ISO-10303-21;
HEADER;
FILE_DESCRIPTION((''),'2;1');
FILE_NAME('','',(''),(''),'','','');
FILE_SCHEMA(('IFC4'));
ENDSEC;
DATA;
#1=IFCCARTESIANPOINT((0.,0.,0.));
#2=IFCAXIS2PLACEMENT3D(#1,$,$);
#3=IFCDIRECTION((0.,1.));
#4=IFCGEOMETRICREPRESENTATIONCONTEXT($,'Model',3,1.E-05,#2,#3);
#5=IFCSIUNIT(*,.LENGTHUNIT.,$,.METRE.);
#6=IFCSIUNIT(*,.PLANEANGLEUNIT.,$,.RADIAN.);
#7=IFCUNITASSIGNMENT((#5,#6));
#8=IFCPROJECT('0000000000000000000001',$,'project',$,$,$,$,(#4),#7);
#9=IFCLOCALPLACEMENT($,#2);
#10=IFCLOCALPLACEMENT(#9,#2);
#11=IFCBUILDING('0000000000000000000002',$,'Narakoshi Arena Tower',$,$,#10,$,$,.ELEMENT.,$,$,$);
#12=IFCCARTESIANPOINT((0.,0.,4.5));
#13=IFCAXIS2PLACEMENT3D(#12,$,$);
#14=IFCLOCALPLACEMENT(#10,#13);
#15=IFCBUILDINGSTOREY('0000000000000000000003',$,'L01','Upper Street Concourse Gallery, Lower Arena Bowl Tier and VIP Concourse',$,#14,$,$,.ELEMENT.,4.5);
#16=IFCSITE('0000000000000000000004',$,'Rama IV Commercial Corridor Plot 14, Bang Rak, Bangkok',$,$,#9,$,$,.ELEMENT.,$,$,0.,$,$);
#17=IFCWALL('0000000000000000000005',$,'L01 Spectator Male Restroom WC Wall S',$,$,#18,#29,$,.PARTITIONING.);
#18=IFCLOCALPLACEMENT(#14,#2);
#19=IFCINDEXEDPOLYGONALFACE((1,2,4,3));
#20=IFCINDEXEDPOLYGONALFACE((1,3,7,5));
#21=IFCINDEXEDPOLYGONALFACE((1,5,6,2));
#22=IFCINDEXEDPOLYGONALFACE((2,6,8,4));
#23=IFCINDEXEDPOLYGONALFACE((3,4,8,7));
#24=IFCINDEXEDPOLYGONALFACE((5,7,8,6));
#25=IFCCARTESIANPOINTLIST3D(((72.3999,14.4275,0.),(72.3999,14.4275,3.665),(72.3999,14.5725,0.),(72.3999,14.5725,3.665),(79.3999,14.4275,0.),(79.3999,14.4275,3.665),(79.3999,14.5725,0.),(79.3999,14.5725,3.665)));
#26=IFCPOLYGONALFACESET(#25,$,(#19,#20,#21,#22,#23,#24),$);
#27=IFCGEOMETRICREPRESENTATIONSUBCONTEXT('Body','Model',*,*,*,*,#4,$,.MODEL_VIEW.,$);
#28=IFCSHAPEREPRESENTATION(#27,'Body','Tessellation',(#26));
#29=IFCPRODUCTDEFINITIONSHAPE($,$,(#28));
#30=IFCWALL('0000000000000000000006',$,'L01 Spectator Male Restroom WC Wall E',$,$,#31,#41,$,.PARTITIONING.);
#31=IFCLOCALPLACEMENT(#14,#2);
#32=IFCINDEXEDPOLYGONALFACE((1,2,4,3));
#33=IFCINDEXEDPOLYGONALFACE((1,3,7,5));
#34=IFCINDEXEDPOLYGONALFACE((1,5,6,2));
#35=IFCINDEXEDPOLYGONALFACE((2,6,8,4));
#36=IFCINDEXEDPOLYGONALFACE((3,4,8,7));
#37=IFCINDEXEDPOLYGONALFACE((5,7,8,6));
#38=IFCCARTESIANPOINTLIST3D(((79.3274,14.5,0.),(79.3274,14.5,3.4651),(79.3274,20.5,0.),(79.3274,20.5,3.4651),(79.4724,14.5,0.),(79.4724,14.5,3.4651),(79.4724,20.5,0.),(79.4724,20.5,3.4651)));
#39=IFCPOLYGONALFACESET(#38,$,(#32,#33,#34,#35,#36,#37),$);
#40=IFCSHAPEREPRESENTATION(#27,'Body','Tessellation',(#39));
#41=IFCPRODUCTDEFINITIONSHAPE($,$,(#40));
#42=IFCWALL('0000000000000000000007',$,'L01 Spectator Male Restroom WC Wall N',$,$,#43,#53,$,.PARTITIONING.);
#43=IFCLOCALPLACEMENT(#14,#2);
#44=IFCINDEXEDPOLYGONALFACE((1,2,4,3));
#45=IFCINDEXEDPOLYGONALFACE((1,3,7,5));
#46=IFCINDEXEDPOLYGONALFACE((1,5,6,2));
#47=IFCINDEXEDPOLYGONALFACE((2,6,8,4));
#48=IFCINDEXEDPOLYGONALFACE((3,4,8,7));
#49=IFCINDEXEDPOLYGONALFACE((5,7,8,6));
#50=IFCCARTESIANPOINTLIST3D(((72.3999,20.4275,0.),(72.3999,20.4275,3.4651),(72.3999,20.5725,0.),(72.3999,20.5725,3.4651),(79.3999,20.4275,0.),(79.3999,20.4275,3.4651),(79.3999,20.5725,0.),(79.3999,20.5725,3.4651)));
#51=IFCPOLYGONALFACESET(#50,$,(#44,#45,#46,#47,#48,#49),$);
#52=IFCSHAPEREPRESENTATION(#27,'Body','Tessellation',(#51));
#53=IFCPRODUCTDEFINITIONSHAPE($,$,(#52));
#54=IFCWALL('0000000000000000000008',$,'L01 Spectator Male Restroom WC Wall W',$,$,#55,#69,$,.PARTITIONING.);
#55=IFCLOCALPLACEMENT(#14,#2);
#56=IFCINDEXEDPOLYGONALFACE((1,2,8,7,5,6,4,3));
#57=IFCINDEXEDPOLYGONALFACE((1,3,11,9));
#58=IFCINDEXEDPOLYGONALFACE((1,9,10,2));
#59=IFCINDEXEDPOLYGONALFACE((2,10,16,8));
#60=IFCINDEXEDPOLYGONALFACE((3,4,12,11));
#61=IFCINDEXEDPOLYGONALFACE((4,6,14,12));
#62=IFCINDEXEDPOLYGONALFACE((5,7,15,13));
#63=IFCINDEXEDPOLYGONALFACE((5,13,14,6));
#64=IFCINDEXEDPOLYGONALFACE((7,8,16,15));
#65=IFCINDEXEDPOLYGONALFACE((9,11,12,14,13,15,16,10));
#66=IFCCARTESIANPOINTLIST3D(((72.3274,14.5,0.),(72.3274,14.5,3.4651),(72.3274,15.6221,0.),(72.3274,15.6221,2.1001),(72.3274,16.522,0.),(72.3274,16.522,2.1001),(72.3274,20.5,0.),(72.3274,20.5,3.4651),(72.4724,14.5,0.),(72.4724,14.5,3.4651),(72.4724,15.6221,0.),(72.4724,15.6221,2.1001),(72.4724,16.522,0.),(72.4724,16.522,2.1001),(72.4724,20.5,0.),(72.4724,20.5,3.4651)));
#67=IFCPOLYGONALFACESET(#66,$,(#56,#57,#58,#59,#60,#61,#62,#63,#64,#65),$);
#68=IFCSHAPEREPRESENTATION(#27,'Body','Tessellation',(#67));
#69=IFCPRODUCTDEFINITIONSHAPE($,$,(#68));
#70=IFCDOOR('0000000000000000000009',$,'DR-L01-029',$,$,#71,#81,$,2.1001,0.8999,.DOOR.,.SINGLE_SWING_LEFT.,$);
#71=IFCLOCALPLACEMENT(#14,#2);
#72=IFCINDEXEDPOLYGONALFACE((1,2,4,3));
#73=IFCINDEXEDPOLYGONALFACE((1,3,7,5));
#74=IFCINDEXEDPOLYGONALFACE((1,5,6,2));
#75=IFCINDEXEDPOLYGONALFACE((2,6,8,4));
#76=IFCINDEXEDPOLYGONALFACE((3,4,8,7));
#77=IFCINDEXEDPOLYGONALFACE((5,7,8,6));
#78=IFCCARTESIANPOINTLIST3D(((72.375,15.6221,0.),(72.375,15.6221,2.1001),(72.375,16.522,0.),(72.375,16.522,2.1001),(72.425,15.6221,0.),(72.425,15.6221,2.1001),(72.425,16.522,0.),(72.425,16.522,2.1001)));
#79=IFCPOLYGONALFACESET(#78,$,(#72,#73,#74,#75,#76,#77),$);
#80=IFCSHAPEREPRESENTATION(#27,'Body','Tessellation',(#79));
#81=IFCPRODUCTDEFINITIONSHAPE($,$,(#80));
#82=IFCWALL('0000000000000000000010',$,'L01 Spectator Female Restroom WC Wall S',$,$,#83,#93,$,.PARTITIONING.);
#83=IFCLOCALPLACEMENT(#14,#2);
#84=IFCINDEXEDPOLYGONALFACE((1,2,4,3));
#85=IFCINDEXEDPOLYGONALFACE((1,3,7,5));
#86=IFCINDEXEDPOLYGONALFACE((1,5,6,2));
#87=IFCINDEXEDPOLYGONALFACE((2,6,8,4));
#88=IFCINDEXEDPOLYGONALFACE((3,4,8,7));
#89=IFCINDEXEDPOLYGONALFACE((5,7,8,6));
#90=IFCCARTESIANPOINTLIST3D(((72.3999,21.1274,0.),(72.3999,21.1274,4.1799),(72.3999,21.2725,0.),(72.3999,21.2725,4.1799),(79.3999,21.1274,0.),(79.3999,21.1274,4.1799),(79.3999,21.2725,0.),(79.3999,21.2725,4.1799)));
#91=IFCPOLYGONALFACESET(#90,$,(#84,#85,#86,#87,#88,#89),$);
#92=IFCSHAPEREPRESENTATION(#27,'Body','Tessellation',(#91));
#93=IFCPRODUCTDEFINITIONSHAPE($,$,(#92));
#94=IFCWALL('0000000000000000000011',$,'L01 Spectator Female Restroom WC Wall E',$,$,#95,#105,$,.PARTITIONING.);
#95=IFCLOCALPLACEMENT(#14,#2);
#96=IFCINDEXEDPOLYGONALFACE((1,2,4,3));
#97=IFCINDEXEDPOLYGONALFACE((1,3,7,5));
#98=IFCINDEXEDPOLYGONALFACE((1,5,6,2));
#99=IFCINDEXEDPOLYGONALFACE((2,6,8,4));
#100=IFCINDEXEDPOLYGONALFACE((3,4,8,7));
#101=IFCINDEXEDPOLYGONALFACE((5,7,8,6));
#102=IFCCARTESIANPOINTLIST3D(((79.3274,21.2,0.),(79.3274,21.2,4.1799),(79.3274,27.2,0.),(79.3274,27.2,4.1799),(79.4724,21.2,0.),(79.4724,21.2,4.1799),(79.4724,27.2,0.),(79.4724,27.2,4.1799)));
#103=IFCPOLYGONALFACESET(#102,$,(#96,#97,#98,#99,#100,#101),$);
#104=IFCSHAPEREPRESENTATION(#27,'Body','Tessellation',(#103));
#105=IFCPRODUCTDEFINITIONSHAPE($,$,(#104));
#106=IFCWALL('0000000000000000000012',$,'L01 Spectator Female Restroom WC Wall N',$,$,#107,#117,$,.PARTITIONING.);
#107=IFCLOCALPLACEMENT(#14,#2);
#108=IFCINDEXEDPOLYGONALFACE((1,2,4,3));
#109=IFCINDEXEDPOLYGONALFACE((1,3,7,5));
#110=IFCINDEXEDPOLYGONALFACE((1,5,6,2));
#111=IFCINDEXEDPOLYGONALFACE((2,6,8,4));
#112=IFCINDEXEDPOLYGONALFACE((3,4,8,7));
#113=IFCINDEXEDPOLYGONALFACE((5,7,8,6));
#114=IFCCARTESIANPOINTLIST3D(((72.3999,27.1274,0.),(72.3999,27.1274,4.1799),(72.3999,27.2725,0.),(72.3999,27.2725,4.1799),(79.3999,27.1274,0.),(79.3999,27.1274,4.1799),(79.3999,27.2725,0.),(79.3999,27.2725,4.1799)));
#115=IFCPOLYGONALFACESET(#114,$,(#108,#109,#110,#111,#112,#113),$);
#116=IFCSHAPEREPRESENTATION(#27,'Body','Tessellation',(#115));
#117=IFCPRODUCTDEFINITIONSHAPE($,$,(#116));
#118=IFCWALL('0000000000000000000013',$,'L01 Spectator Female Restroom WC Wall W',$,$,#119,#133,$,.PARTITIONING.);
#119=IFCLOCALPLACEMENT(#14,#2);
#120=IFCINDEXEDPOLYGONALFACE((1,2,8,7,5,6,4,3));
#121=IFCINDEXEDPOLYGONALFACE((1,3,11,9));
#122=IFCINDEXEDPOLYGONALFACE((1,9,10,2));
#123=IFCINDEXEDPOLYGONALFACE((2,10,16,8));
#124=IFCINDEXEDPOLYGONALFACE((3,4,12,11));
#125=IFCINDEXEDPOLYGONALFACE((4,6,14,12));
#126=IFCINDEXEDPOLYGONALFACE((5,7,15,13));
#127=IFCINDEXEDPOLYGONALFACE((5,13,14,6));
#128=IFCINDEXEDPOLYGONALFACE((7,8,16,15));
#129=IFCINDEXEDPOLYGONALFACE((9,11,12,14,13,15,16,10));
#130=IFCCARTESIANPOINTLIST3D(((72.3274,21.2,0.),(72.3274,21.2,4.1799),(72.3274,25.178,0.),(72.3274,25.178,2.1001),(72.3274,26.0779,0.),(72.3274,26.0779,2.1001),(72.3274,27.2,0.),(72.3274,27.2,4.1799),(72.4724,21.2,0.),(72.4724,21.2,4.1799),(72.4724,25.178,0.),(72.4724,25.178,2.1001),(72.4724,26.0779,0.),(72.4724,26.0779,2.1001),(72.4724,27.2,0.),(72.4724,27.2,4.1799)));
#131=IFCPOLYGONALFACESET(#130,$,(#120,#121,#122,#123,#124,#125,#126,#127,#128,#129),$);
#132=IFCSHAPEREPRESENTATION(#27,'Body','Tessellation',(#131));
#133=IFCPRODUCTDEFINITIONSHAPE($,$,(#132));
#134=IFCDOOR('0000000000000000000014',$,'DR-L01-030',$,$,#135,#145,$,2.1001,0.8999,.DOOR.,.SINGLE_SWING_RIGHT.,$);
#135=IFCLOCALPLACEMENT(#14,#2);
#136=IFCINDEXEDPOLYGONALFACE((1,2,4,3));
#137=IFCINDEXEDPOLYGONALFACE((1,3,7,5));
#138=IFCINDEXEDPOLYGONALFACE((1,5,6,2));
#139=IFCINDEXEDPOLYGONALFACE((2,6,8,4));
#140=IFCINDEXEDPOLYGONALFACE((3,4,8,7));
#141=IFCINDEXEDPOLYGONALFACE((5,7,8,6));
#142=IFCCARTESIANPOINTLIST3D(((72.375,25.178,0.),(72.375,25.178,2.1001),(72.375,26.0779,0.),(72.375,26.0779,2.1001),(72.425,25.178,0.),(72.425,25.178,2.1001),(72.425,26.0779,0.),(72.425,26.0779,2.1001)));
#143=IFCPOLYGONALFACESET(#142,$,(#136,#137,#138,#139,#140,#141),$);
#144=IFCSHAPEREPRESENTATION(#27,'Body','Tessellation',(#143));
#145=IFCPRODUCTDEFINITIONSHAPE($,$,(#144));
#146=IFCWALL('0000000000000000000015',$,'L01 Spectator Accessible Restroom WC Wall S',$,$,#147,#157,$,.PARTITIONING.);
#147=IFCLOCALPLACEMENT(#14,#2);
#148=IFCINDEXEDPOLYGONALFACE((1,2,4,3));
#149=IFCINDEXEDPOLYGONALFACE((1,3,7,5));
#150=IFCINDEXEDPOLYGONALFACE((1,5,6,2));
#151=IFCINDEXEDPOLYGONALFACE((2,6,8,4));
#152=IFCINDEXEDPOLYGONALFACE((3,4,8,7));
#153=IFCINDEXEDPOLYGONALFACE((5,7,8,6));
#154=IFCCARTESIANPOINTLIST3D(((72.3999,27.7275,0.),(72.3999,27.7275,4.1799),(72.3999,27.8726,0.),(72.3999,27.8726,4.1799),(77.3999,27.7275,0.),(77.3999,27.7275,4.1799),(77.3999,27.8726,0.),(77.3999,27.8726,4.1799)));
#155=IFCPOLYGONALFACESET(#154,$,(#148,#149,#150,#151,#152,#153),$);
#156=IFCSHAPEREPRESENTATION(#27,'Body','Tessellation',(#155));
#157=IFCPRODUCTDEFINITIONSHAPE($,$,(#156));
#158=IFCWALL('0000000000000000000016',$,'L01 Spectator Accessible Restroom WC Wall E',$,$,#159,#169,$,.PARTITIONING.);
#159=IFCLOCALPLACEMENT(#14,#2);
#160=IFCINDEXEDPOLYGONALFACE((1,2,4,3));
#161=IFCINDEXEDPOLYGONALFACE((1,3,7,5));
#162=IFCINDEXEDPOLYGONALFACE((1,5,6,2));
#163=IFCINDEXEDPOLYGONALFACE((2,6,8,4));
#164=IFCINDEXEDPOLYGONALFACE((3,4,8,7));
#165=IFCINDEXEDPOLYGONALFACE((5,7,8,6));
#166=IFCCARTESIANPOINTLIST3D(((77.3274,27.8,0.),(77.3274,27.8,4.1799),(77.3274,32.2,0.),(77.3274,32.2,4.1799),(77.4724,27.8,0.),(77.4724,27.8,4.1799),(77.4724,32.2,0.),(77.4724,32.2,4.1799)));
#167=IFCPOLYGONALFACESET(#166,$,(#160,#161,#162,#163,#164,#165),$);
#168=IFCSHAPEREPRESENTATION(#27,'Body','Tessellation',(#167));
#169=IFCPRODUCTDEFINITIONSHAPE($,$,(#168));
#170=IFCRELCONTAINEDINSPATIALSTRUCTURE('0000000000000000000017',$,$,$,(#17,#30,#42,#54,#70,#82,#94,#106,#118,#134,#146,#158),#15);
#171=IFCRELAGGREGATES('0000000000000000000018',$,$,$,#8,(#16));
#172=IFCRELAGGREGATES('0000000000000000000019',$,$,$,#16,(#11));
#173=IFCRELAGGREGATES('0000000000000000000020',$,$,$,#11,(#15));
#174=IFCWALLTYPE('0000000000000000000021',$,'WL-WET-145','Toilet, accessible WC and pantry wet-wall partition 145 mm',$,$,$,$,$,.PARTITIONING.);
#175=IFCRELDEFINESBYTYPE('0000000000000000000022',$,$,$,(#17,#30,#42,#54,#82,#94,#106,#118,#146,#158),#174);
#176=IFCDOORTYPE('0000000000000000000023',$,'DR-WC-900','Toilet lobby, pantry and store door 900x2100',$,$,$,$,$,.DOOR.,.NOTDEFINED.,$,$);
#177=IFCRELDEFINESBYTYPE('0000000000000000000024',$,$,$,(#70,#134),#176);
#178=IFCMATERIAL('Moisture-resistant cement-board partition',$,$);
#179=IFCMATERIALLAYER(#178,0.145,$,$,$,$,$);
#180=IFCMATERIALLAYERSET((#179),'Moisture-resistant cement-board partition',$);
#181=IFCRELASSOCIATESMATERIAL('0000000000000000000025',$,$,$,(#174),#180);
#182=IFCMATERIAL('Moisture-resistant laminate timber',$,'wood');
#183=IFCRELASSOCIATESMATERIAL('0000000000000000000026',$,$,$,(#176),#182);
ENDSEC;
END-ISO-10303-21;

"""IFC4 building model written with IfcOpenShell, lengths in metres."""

from ifc_helpers import new_model, si_unit, direction, frame, frame_2d, origin, place, context, subcontext, project, spatial, rectangle, extrude, material, layer, layer_set, type_object, element, fill, save


model = new_model("IFC4")

# Units and contexts
model_context = context("Model", 3, precision=1e-05, world=origin(), true_north=direction((0.0, 1.0)))
body_context = subcontext(model_context, "Body", "Model", "MODEL_VIEW")
ifc_project = project(units=[si_unit("LENGTHUNIT", "METRE"), si_unit("PLANEANGLEUNIT", "RADIAN")], contexts=[model_context])

# Site, building, storey
site_placement = place(None, origin())
site = spatial("IfcSite", under=ifc_project, at=site_placement, Name="Rama IV Commercial Corridor Plot 14, Bang Rak, Bangkok", CompositionType="ELEMENT", RefElevation=0.0)
building_placement = place(site_placement, origin())
building = spatial("IfcBuilding", under=site, at=building_placement, Name="Narakoshi Arena Tower", CompositionType="ELEMENT")
storey_placement = place(building_placement, frame((0.0, 0.0, 4.5)))
storey = spatial("IfcBuildingStorey", under=building, at=storey_placement, Name="L01", Description="Upper Street Concourse Gallery, Lower Arena Bowl Tier and VIP Concourse", CompositionType="ELEMENT", Elevation=4.5)

# Walls
ifc_material_1 = material(Name="Moisture-resistant cement-board partition")
ifc_layer = layer(ifc_material_1, 0.145)
ifc_layer_set = layer_set([ifc_layer], Name="Moisture-resistant cement-board partition")
wall_type = type_object("IfcWallType", Name="WL-WET-145", Description="Toilet, accessible WC and pantry wet-wall partition 145 mm", PredefinedType="PARTITIONING", material=ifc_layer_set)
wall_1_placement = place(storey_placement, frame((72.3999, 14.5, 0.0), z_axis=(0.0, 0.0, 1.0), x_axis=(1.0, 0.0, 0.0)))
element("IfcWall", 1, at=wall_1_placement, inside=storey, type_object=wall_type, Name="L01 Spectator Male Restroom WC Wall S", PredefinedType="PARTITIONING", context=body_context, shape_type="SweptSolid", body=[
    extrude(rectangle(XDim=7.0, YDim=0.145, at=frame_2d((3.5, 0.0))), origin(), (0.0, 0.0, 1.0), 3.665),
])
wall_2_placement = place(storey_placement, frame((79.3999, 14.5, 0.0), z_axis=(0.0, 0.0, 1.0), x_axis=(0.0, 1.0, 0.0)))
element("IfcWall", 2, at=wall_2_placement, inside=storey, type_object=wall_type, Name="L01 Spectator Male Restroom WC Wall E", PredefinedType="PARTITIONING", context=body_context, shape_type="SweptSolid", body=[
    extrude(rectangle(XDim=6.0, YDim=0.145, at=frame_2d((3.0, 0.0))), origin(), (0.0, 0.0, 1.0), 3.4651),
])
wall_3_placement = place(storey_placement, frame((79.3999, 20.5, 0.0), z_axis=(0.0, 0.0, 1.0), x_axis=(-1.0, 0.0, 0.0)))
element("IfcWall", 3, at=wall_3_placement, inside=storey, type_object=wall_type, Name="L01 Spectator Male Restroom WC Wall N", PredefinedType="PARTITIONING", context=body_context, shape_type="SweptSolid", body=[
    extrude(rectangle(XDim=7.0, YDim=0.145, at=frame_2d((3.5, 0.0))), origin(), (0.0, 0.0, 1.0), 3.4651),
])

# Wall, opening, door
wall_4_placement = place(storey_placement, frame((72.3999, 20.5, 0.0), z_axis=(0.0, 0.0, 1.0), x_axis=(0.0, -1.0, 0.0)))
wall_4 = element("IfcWall", 4, at=wall_4_placement, inside=storey, type_object=wall_type, Name="L01 Spectator Male Restroom WC Wall W", PredefinedType="PARTITIONING", context=body_context, shape_type="SweptSolid", body=[
    extrude(rectangle(XDim=6.0, YDim=0.145, at=frame_2d((3.0, 0.0))), origin(), (0.0, 0.0, 1.0), 3.4651),
])
opening_1_placement = place(wall_4_placement, frame((3.978, 0.0, 0.0)))
opening_1 = element("IfcOpeningElement", 5, at=opening_1_placement, cuts=wall_4, PredefinedType="OPENING", context=body_context, shape_type="SweptSolid", body=[
    extrude(rectangle(XDim=0.8999, YDim=2.1001, at=frame_2d((0.45, 1.05))), frame((0.0, 0.0825, 0.0), z_axis=(0.0, -1.0, 0.0), x_axis=(1.0, 0.0, 0.0)), (0.0, 0.0, 1.0), 0.165),
])
ifc_material_2 = material(Name="Moisture-resistant laminate timber", Category="wood")
door_type_1 = type_object("IfcDoorType", Name="DR-WC-900", Description="Toilet lobby, pantry and store door 900x2100", OperationType="NOTDEFINED", PredefinedType="DOOR", material=ifc_material_2)
door_1_placement = place(opening_1_placement, frame((0.8999, 0.0, 0.0), z_axis=(0.0, 0.0, 1.0), x_axis=(-1.0, 0.0, 0.0)))
door_1 = element("IfcDoor", 6, at=door_1_placement, inside=storey, type_object=door_type_1, Name="DR-L01-029", OperationType="SINGLE_SWING_LEFT", OverallHeight=2.1001, OverallWidth=0.8999, PredefinedType="DOOR", context=body_context, shape_type="SweptSolid", body=[
    extrude(rectangle(XDim=0.8999, YDim=2.1001, at=frame_2d((0.45, 1.05))), frame((0.0, 0.0249, 0.0), z_axis=(0.0, -1.0, 0.0), x_axis=(1.0, 0.0, 0.0)), (0.0, 0.0, 1.0), 0.05),
])
fill(opening_1, door_1)

# Walls
wall_5_placement = place(storey_placement, frame((72.3999, 21.2, 0.0), z_axis=(0.0, 0.0, 1.0), x_axis=(1.0, 0.0, 0.0)))
element("IfcWall", 7, at=wall_5_placement, inside=storey, type_object=wall_type, Name="L01 Spectator Female Restroom WC Wall S", PredefinedType="PARTITIONING", context=body_context, shape_type="SweptSolid", body=[
    extrude(rectangle(XDim=7.0, YDim=0.145, at=frame_2d((3.5, 0.0))), origin(), (0.0, 0.0, 1.0), 4.1799),
])
wall_6_placement = place(storey_placement, frame((79.3999, 21.2, 0.0), z_axis=(0.0, 0.0, 1.0), x_axis=(0.0, 1.0, 0.0)))
element("IfcWall", 8, at=wall_6_placement, inside=storey, type_object=wall_type, Name="L01 Spectator Female Restroom WC Wall E", PredefinedType="PARTITIONING", context=body_context, shape_type="SweptSolid", body=[
    extrude(rectangle(XDim=6.0, YDim=0.145, at=frame_2d((3.0, 0.0))), origin(), (0.0, 0.0, 1.0), 4.1799),
])
wall_7_placement = place(storey_placement, frame((79.3999, 27.2, 0.0), z_axis=(0.0, 0.0, 1.0), x_axis=(-1.0, 0.0, 0.0)))
element("IfcWall", 9, at=wall_7_placement, inside=storey, type_object=wall_type, Name="L01 Spectator Female Restroom WC Wall N", PredefinedType="PARTITIONING", context=body_context, shape_type="SweptSolid", body=[
    extrude(rectangle(XDim=7.0, YDim=0.145, at=frame_2d((3.5, 0.0))), origin(), (0.0, 0.0, 1.0), 4.1799),
])

# Wall, opening, door
wall_8_placement = place(storey_placement, frame((72.3999, 27.2, 0.0), z_axis=(0.0, 0.0, 1.0), x_axis=(0.0, -1.0, 0.0)))
wall_8 = element("IfcWall", 10, at=wall_8_placement, inside=storey, type_object=wall_type, Name="L01 Spectator Female Restroom WC Wall W", PredefinedType="PARTITIONING", context=body_context, shape_type="SweptSolid", body=[
    extrude(rectangle(XDim=6.0, YDim=0.145, at=frame_2d((3.0, 0.0))), origin(), (0.0, 0.0, 1.0), 4.1799),
])
opening_2_placement = place(wall_8_placement, frame((1.1221, 0.0, 0.0)))
opening_2 = element("IfcOpeningElement", 11, at=opening_2_placement, cuts=wall_8, PredefinedType="OPENING", context=body_context, shape_type="SweptSolid", body=[
    extrude(rectangle(XDim=0.8999, YDim=2.1001, at=frame_2d((0.45, 1.05))), frame((0.0, 0.0825, 0.0), z_axis=(0.0, -1.0, 0.0), x_axis=(1.0, 0.0, 0.0)), (0.0, 0.0, 1.0), 0.165),
])
door_2_placement = place(opening_2_placement, frame((0.8999, 0.0, 0.0), z_axis=(0.0, 0.0, 1.0), x_axis=(-1.0, 0.0, 0.0)))
door_2 = element("IfcDoor", 12, at=door_2_placement, inside=storey, type_object=door_type_1, Name="DR-L01-030", OperationType="SINGLE_SWING_RIGHT", OverallHeight=2.1001, OverallWidth=0.8999, PredefinedType="DOOR", context=body_context, shape_type="SweptSolid", body=[
    extrude(rectangle(XDim=0.8999, YDim=2.1001, at=frame_2d((0.45, 1.05))), frame((0.0, 0.0249, 0.0), z_axis=(0.0, -1.0, 0.0), x_axis=(1.0, 0.0, 0.0)), (0.0, 0.0, 1.0), 0.05),
])
fill(opening_2, door_2)

# Walls
wall_9_placement = place(storey_placement, frame((72.3999, 27.8, 0.0), z_axis=(0.0, 0.0, 1.0), x_axis=(1.0, 0.0, 0.0)))
element("IfcWall", 13, at=wall_9_placement, inside=storey, type_object=wall_type, Name="L01 Spectator Accessible Restroom WC Wall S", PredefinedType="PARTITIONING", context=body_context, shape_type="SweptSolid", body=[
    extrude(rectangle(XDim=5.0, YDim=0.145, at=frame_2d((2.5, 0.0))), origin(), (0.0, 0.0, 1.0), 4.1799),
])
wall_10_placement = place(storey_placement, frame((77.3999, 27.8, 0.0), z_axis=(0.0, 0.0, 1.0), x_axis=(0.0, 1.0, 0.0)))
element("IfcWall", 14, at=wall_10_placement, inside=storey, type_object=wall_type, Name="L01 Spectator Accessible Restroom WC Wall E", PredefinedType="PARTITIONING", context=body_context, shape_type="SweptSolid", body=[
    extrude(rectangle(XDim=4.3999, YDim=0.145, at=frame_2d((2.2, 0.0))), origin(), (0.0, 0.0, 1.0), 4.1799),
])

save(model, "model.ifc")
